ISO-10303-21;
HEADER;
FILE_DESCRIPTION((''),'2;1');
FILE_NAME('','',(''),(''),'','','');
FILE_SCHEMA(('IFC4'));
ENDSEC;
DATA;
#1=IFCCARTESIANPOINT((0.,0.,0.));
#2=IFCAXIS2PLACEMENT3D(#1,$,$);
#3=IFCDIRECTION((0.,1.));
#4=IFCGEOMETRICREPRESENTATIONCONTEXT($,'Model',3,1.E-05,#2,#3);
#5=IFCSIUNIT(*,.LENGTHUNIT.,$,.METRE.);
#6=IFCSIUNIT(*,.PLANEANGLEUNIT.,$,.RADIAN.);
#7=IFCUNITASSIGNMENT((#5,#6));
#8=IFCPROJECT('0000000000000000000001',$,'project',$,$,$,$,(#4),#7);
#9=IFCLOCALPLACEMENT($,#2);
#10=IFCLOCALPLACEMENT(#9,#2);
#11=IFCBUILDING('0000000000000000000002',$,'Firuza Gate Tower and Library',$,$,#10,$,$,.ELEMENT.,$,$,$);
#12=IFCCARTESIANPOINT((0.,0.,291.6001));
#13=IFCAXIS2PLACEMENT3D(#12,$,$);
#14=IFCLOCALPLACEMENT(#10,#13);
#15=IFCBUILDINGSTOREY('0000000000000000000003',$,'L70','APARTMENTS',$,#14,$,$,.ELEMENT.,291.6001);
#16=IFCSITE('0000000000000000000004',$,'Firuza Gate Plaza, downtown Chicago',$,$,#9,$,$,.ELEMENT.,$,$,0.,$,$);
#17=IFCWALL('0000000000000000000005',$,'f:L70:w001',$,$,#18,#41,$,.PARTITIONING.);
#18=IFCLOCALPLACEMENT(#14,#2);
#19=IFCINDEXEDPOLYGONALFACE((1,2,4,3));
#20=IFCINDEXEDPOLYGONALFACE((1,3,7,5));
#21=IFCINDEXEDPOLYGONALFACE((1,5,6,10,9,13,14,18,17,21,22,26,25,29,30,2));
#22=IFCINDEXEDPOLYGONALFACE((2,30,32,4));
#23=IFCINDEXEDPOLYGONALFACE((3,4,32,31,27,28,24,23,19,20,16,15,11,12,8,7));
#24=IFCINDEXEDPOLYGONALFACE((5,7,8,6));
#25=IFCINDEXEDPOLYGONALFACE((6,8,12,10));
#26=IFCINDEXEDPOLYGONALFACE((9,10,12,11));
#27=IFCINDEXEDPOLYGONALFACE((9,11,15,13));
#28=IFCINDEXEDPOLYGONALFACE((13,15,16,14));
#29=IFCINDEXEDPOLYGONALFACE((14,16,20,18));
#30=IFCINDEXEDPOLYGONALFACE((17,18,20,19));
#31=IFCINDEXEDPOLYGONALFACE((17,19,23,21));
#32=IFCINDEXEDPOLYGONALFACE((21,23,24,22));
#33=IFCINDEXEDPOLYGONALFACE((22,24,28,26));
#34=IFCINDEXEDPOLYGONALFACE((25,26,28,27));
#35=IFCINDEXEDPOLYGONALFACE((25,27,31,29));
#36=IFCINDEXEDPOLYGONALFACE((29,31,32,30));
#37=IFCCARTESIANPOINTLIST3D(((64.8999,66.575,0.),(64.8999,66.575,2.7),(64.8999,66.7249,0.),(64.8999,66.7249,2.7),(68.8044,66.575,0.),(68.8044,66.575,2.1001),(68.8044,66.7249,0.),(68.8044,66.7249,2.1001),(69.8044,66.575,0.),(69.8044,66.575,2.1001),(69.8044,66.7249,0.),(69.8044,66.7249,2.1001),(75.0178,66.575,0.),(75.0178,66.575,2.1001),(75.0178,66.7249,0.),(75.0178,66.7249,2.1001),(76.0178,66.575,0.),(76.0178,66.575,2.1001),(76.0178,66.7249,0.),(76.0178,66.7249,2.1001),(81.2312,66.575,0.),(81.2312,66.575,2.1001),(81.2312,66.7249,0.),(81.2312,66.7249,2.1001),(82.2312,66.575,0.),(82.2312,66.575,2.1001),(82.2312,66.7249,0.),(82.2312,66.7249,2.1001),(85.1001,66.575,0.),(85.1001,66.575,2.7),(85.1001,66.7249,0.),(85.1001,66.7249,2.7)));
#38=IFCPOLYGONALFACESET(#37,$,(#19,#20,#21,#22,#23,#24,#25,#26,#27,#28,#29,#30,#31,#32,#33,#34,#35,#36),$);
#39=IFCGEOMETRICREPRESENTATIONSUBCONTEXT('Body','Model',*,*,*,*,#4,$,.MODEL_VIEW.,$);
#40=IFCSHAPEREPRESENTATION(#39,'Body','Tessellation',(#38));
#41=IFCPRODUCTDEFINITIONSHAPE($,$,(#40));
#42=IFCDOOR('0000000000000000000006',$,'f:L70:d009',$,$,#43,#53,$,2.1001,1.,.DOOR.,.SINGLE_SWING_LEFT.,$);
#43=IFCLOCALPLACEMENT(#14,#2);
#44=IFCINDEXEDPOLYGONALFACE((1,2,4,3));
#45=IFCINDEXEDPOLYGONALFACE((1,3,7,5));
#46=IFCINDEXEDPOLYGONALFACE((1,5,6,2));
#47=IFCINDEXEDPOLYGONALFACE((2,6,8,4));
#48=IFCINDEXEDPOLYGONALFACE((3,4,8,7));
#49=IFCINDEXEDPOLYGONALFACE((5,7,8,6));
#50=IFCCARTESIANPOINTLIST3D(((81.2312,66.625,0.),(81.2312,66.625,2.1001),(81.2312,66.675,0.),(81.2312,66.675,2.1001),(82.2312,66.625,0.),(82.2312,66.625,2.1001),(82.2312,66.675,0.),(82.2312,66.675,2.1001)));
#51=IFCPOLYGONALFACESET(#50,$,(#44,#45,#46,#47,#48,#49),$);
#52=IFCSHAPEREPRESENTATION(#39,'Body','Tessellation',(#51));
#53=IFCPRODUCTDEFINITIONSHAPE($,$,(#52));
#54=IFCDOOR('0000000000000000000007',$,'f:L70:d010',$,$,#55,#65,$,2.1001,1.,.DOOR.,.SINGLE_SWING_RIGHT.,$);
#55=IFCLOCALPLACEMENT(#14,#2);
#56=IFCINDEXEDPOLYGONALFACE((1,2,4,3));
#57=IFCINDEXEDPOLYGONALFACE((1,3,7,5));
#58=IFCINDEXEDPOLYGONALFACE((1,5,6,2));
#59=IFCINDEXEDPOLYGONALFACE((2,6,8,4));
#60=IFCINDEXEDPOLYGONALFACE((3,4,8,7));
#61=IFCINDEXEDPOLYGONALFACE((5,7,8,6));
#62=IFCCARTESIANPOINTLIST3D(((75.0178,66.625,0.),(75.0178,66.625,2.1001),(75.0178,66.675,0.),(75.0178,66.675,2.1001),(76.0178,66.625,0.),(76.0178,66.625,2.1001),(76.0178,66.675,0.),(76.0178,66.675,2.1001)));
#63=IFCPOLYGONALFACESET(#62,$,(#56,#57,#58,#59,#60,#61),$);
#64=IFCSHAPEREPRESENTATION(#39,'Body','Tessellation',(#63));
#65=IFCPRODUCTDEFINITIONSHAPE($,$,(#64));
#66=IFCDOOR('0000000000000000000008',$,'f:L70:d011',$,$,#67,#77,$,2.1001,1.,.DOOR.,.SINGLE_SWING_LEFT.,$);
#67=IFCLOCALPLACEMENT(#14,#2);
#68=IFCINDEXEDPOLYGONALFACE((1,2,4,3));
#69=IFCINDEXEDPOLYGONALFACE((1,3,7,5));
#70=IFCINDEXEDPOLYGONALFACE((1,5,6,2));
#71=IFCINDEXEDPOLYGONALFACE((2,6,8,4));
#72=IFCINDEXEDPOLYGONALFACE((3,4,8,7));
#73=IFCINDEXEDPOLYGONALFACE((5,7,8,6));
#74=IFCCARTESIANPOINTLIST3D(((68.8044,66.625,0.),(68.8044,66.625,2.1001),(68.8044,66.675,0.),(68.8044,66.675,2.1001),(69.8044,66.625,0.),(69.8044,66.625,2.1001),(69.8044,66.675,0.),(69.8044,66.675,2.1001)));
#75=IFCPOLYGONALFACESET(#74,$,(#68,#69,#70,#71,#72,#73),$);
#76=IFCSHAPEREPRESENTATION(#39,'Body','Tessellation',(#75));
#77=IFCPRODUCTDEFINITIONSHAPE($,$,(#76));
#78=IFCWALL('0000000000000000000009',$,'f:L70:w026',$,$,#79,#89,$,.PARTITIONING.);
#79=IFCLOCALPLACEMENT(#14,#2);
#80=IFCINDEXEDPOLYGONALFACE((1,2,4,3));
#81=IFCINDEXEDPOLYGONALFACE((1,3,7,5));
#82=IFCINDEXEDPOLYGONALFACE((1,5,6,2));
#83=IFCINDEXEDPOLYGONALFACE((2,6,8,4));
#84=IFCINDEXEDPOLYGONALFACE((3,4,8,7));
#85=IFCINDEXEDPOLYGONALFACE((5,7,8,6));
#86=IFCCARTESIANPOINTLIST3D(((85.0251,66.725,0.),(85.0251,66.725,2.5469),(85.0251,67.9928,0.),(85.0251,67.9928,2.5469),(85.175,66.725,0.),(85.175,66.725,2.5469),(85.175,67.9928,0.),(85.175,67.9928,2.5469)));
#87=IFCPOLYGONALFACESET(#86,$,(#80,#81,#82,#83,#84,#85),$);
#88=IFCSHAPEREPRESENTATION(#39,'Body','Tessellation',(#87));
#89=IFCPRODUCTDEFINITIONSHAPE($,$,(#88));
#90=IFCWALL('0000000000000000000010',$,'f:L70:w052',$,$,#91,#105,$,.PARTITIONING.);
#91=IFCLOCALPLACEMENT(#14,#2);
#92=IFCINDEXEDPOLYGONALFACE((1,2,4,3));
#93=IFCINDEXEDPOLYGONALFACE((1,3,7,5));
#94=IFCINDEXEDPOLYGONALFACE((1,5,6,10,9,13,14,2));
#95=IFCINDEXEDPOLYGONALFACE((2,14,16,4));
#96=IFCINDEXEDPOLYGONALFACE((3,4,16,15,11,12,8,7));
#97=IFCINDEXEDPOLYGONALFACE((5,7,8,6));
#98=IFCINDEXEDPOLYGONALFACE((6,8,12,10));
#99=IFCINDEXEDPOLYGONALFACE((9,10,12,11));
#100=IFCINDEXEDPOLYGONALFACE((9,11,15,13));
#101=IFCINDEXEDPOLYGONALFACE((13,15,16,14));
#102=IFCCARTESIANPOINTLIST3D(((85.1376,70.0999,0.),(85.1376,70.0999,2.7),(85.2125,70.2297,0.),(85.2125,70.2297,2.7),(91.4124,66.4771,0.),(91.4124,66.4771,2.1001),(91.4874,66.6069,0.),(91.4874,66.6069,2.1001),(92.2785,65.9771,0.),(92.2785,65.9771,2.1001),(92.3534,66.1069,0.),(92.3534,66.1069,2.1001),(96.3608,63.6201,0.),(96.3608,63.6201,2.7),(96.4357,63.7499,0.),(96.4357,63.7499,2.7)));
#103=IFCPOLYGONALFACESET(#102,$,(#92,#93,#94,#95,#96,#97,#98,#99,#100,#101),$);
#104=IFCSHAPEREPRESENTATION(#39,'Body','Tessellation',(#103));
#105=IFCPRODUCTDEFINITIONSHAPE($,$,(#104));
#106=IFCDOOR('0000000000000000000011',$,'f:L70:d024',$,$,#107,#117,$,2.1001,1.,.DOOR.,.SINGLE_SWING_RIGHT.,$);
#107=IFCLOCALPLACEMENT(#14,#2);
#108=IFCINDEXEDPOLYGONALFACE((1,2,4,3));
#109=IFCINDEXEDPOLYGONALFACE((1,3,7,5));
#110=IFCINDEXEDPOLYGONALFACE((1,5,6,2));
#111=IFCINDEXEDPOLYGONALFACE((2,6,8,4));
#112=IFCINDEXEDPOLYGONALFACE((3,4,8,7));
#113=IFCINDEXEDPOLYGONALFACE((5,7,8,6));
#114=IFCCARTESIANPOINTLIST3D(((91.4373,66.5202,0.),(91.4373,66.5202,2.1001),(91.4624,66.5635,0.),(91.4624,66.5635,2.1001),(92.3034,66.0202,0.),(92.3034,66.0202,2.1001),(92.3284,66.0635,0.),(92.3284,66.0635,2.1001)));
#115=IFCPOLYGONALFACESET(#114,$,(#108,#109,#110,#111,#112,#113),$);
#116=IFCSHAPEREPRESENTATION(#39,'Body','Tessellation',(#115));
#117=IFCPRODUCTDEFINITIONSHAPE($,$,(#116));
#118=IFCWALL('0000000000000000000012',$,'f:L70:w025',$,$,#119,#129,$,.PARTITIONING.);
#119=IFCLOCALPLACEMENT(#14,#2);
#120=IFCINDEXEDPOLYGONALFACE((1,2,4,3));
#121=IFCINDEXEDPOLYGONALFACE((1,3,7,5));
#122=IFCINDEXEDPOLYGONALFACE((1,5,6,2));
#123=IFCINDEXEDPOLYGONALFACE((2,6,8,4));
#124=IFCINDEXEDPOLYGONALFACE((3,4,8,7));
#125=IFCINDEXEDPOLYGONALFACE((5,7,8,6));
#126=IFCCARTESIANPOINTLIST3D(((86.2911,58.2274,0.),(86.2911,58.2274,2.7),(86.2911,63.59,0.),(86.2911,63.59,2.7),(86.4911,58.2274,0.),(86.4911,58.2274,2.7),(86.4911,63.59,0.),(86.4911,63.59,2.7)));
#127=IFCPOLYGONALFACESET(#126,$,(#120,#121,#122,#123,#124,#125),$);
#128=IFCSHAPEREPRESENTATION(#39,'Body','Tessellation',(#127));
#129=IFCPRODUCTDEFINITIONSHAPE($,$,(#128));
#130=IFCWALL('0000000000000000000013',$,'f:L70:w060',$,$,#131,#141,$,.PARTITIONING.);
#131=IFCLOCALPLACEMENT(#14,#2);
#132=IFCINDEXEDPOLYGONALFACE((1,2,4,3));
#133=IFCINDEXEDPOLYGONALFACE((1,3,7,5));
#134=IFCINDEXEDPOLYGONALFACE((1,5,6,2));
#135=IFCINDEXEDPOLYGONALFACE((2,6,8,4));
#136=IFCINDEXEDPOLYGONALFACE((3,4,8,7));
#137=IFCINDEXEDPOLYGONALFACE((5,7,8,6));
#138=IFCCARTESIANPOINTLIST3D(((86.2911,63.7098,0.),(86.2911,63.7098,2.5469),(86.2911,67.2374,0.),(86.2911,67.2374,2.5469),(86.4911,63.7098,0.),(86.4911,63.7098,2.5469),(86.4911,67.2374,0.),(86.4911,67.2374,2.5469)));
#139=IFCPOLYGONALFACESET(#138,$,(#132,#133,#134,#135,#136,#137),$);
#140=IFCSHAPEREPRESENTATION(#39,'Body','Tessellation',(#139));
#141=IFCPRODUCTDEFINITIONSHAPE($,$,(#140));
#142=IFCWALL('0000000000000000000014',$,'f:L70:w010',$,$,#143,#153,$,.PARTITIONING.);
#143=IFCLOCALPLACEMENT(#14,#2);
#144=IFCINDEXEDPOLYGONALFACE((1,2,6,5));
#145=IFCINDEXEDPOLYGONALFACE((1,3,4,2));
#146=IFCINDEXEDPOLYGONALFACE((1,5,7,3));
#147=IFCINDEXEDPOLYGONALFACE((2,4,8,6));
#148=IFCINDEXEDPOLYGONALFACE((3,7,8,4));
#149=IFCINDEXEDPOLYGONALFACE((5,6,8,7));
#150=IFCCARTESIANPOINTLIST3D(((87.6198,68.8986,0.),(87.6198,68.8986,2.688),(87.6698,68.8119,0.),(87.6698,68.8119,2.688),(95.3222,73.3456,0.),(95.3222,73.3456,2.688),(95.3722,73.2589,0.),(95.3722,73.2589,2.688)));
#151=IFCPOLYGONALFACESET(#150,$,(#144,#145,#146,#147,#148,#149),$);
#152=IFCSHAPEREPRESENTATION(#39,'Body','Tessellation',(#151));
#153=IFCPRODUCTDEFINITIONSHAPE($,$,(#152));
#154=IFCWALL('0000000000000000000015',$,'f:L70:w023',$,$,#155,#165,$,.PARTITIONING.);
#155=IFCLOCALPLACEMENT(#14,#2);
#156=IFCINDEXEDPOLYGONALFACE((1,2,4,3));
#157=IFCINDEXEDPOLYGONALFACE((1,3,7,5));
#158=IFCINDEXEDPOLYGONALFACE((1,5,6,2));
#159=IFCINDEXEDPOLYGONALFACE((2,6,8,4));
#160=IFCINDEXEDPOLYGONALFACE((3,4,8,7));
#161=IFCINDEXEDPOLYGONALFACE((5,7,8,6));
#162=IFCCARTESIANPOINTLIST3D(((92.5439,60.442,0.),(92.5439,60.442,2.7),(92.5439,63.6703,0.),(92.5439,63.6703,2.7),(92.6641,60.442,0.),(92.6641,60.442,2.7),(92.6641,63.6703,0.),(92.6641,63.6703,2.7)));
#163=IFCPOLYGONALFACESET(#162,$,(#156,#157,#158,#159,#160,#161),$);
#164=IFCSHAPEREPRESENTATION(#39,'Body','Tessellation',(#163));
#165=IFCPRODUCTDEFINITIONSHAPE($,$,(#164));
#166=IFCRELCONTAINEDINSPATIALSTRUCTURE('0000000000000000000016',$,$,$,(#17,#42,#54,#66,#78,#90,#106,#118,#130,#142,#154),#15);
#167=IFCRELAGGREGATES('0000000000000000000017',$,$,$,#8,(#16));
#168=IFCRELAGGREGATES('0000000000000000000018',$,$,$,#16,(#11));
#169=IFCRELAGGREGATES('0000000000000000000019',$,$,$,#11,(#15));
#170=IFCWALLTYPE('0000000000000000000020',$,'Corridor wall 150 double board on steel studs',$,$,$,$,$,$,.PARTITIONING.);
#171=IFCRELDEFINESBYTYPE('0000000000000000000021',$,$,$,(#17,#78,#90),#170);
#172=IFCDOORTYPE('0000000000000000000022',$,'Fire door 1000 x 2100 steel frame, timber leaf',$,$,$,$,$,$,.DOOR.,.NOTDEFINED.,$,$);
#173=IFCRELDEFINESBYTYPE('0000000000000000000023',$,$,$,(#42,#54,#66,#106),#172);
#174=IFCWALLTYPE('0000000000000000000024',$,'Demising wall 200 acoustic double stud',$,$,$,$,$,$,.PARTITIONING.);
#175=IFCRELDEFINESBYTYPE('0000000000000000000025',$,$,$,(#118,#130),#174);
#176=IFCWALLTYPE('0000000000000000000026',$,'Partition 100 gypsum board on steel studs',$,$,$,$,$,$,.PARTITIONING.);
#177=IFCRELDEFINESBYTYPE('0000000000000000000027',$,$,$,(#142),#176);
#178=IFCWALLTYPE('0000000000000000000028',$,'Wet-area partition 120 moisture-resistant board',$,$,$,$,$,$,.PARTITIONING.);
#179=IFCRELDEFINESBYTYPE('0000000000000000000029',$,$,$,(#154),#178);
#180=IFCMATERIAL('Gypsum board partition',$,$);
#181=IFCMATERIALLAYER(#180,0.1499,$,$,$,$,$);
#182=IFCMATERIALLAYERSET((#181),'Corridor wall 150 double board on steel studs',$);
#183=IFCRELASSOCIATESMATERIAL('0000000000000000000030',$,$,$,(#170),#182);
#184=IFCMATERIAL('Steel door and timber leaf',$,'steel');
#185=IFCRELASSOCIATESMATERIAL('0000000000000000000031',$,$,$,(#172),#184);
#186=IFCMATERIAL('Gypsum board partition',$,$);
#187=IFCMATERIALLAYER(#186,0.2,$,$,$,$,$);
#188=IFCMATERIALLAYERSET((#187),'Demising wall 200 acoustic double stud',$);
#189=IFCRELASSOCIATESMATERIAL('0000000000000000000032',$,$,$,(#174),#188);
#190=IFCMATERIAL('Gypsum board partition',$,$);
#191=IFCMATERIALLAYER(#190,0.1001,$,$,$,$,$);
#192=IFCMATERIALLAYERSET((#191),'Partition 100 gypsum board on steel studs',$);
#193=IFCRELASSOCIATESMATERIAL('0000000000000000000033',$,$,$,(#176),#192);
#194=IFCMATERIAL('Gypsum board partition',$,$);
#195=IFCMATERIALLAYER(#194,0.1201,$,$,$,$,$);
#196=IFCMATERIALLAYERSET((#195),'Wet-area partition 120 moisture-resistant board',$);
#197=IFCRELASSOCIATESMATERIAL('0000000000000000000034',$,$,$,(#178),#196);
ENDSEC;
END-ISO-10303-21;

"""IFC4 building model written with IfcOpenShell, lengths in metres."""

from ifc_helpers import new_model, si_unit, direction, frame, frame_2d, origin, place, context, subcontext, project, spatial, rectangle, extrude, material, layer, layer_set, type_object, element, fill, save


model = new_model("IFC4")

# Units and contexts
model_context = context("Model", 3, precision=1e-05, world=origin(), true_north=direction((0.0, 1.0)))
body_context = subcontext(model_context, "Body", "Model", "MODEL_VIEW")
ifc_project = project(units=[si_unit("LENGTHUNIT", "METRE"), si_unit("PLANEANGLEUNIT", "RADIAN")], contexts=[model_context])

# Site, building, storey
site_placement = place(None, origin())
site = spatial("IfcSite", under=ifc_project, at=site_placement, Name="Firuza Gate Plaza, downtown Chicago", CompositionType="ELEMENT", RefElevation=0.0)
building_placement = place(site_placement, origin())
building = spatial("IfcBuilding", under=site, at=building_placement, Name="Firuza Gate Tower and Library", CompositionType="ELEMENT")
storey_placement = place(building_placement, frame((0.0, 0.0, 291.6001)))
storey = spatial("IfcBuildingStorey", under=building, at=storey_placement, Name="L70", Description="APARTMENTS", CompositionType="ELEMENT", Elevation=291.6001)

# Wall, openings, doors
ifc_material_1 = material(Name="Gypsum board partition")
ifc_layer_1 = layer(ifc_material_1, 0.1499)
ifc_layer_set_1 = layer_set([ifc_layer_1], Name="Corridor wall 150 double board on steel studs")
wall_type_1 = type_object("IfcWallType", Name="Corridor wall 150 double board on steel studs", PredefinedType="PARTITIONING", material=ifc_layer_set_1)
wall_1_placement = place(storey_placement, frame((85.1001, 66.6499, 0.0), z_axis=(0.0, 0.0, 1.0), x_axis=(-1.0, 0.0, 0.0)))
wall_1 = element("IfcWall", 1, at=wall_1_placement, inside=storey, type_object=wall_type_1, Name="f:L70:w001", PredefinedType="PARTITIONING", context=body_context, shape_type="SweptSolid", body=[
    extrude(rectangle(XDim=20.2002, YDim=0.1499, at=frame_2d((10.1001, 0.0))), origin(), (0.0, 0.0, 1.0), 2.7),
])
opening_1_placement = place(wall_1_placement, frame((2.8689, 0.0, 0.0)))
opening_1 = element("IfcOpeningElement", 2, at=opening_1_placement, cuts=wall_1, PredefinedType="OPENING", context=body_context, shape_type="SweptSolid", body=[
    extrude(rectangle(XDim=1.0, YDim=2.1001, at=frame_2d((0.5, 1.05))), frame((0.0, 0.085, 0.0), z_axis=(0.0, -1.0, 0.0), x_axis=(1.0, 0.0, 0.0)), (0.0, 0.0, 1.0), 0.1699),
])
opening_2_placement = place(wall_1_placement, frame((9.0823, 0.0, 0.0)))
opening_2 = element("IfcOpeningElement", 3, at=opening_2_placement, cuts=wall_1, PredefinedType="OPENING", context=body_context, shape_type="SweptSolid", body=[
    extrude(rectangle(XDim=1.0, YDim=2.1001, at=frame_2d((0.5, 1.05))), frame((0.0, 0.085, 0.0), z_axis=(0.0, -1.0, 0.0), x_axis=(1.0, 0.0, 0.0)), (0.0, 0.0, 1.0), 0.1699),
])
opening_3_placement = place(wall_1_placement, frame((15.2957, 0.0, 0.0)))
opening_3 = element("IfcOpeningElement", 4, at=opening_3_placement, cuts=wall_1, PredefinedType="OPENING", context=body_context, shape_type="SweptSolid", body=[
    extrude(rectangle(XDim=1.0, YDim=2.1001, at=frame_2d((0.5, 1.05))), frame((0.0, 0.085, 0.0), z_axis=(0.0, -1.0, 0.0), x_axis=(1.0, 0.0, 0.0)), (0.0, 0.0, 1.0), 0.1699),
])
ifc_material_2 = material(Name="Steel door and timber leaf", Category="steel")
door_type_1 = type_object("IfcDoorType", Name="Fire door 1000 x 2100 steel frame, timber leaf", OperationType="NOTDEFINED", PredefinedType="DOOR", material=ifc_material_2)
door_1_placement = place(opening_1_placement, origin())
door_1 = element("IfcDoor", 5, at=door_1_placement, inside=storey, type_object=door_type_1, Name="f:L70:d009", OperationType="SINGLE_SWING_LEFT", OverallHeight=2.1001, OverallWidth=1.0, PredefinedType="DOOR", context=body_context, shape_type="SweptSolid", body=[
    extrude(rectangle(XDim=1.0, YDim=2.1001, at=frame_2d((0.5, 1.05))), frame((0.0, 0.0249, 0.0), z_axis=(0.0, -1.0, 0.0), x_axis=(1.0, 0.0, 0.0)), (0.0, 0.0, 1.0), 0.05),
])
fill(opening_1, door_1)
door_2_placement = place(opening_2_placement, origin())
door_2 = element("IfcDoor", 6, at=door_2_placement, inside=storey, type_object=door_type_1, Name="f:L70:d010", OperationType="SINGLE_SWING_RIGHT", OverallHeight=2.1001, OverallWidth=1.0, PredefinedType="DOOR", context=body_context, shape_type="SweptSolid", body=[
    extrude(rectangle(XDim=1.0, YDim=2.1001, at=frame_2d((0.5, 1.05))), frame((0.0, 0.0249, 0.0), z_axis=(0.0, -1.0, 0.0), x_axis=(1.0, 0.0, 0.0)), (0.0, 0.0, 1.0), 0.05),
])
fill(opening_2, door_2)
door_3_placement = place(opening_3_placement, origin())
door_3 = element("IfcDoor", 7, at=door_3_placement, inside=storey, type_object=door_type_1, Name="f:L70:d011", OperationType="SINGLE_SWING_LEFT", OverallHeight=2.1001, OverallWidth=1.0, PredefinedType="DOOR", context=body_context, shape_type="SweptSolid", body=[
    extrude(rectangle(XDim=1.0, YDim=2.1001, at=frame_2d((0.5, 1.05))), frame((0.0, 0.0249, 0.0), z_axis=(0.0, -1.0, 0.0), x_axis=(1.0, 0.0, 0.0)), (0.0, 0.0, 1.0), 0.05),
])
fill(opening_3, door_3)

# Wall
wall_2_placement = place(storey_placement, frame((85.1001, 66.7251, 0.0), z_axis=(0.0, 0.0, 1.0), x_axis=(0.0, 1.0, 0.0)))
element("IfcWall", 8, at=wall_2_placement, inside=storey, type_object=wall_type_1, Name="f:L70:w026", PredefinedType="PARTITIONING", context=body_context, shape_type="SweptSolid", body=[
    extrude(rectangle(XDim=1.2678, YDim=0.1499, at=frame_2d((0.6338, 0.0))), origin(), (0.0, 0.0, 1.0), 2.5469),
])

# Wall, opening, door
wall_3_placement = place(storey_placement, frame((85.175, 70.1648, 0.0), z_axis=(0.0, 0.0, 1.0), x_axis=(0.866024, -0.500003, 0.0)))
wall_3 = element("IfcWall", 9, at=wall_3_placement, inside=storey, type_object=wall_type_1, Name="f:L70:w052", PredefinedType="PARTITIONING", context=body_context, shape_type="SweptSolid", body=[
    extrude(rectangle(XDim=12.9595, YDim=0.1499, at=frame_2d((6.4797, 0.0))), origin(), (0.0, 0.0, 1.0), 2.7),
])
opening_4_placement = place(wall_3_placement, frame((7.2456, 0.0, 0.0)))
opening_4 = element("IfcOpeningElement", 10, at=opening_4_placement, cuts=wall_3, PredefinedType="OPENING", context=body_context, shape_type="SweptSolid", body=[
    extrude(rectangle(XDim=1.0, YDim=2.1001, at=frame_2d((0.5, 1.05))), frame((0.0, 0.085, 0.0), z_axis=(0.0, -1.0, 0.0), x_axis=(1.0, 0.0, 0.0)), (0.0, 0.0, 1.0), 0.1699),
])
door_4_placement = place(opening_4_placement, origin())
door_4 = element("IfcDoor", 11, at=door_4_placement, inside=storey, type_object=door_type_1, Name="f:L70:d024", OperationType="SINGLE_SWING_RIGHT", OverallHeight=2.1001, OverallWidth=1.0, PredefinedType="DOOR", context=body_context, shape_type="SweptSolid", body=[
    extrude(rectangle(XDim=1.0, YDim=2.1001, at=frame_2d((0.5, 1.05))), frame((0.0, 0.0249, 0.0), z_axis=(0.0, -1.0, 0.0), x_axis=(1.0, 0.0, 0.0)), (0.0, 0.0, 1.0), 0.05),
])
fill(opening_4, door_4)

# Walls
ifc_material_3 = material(Name="Gypsum board partition")
ifc_layer_2 = layer(ifc_material_3, 0.2)
ifc_layer_set_2 = layer_set([ifc_layer_2], Name="Demising wall 200 acoustic double stud")
wall_type_2 = type_object("IfcWallType", Name="Demising wall 200 acoustic double stud", PredefinedType="PARTITIONING", material=ifc_layer_set_2)
wall_4_placement = place(storey_placement, frame((86.3911, 58.2275, 0.0), z_axis=(0.0, 0.0, 1.0), x_axis=(0.0, 1.0, 0.0)))
element("IfcWall", 12, at=wall_4_placement, inside=storey, type_object=wall_type_2, Name="f:L70:w025", PredefinedType="PARTITIONING", context=body_context, shape_type="SweptSolid", body=[
    extrude(rectangle(XDim=5.3625, YDim=0.2, at=frame_2d((2.6812, 0.0))), origin(), (0.0, 0.0, 1.0), 2.7),
])
wall_5_placement = place(storey_placement, frame((86.3911, 63.71, 0.0), z_axis=(0.0, 0.0, 1.0), x_axis=(0.0, 1.0, 0.0)))
element("IfcWall", 13, at=wall_5_placement, inside=storey, type_object=wall_type_2, Name="f:L70:w060", PredefinedType="PARTITIONING", context=body_context, shape_type="SweptSolid", body=[
    extrude(rectangle(XDim=3.5276, YDim=0.2, at=frame_2d((1.7637, 0.0))), origin(), (0.0, 0.0, 1.0), 2.5469),
])
ifc_material_4 = material(Name="Gypsum board partition")
ifc_layer_3 = layer(ifc_material_4, 0.1001)
ifc_layer_set_3 = layer_set([ifc_layer_3], Name="Partition 100 gypsum board on steel studs")
wall_type_3 = type_object("IfcWallType", Name="Partition 100 gypsum board on steel studs", PredefinedType="PARTITIONING", material=ifc_layer_set_3)
wall_6_placement = place(storey_placement, frame((87.6448, 68.8552, 0.0), z_axis=(0.0, 0.0, 1.0), x_axis=(0.866023, 0.500004, 0.0)))
element("IfcWall", 14, at=wall_6_placement, inside=storey, type_object=wall_type_3, Name="f:L70:w010", PredefinedType="PARTITIONING", context=body_context, shape_type="SweptSolid", body=[
    extrude(rectangle(XDim=8.894, YDim=0.1001, at=frame_2d((4.447, 0.0))), origin(), (0.0, 0.0, 1.0), 2.688),
])
ifc_material_5 = material(Name="Gypsum board partition")
ifc_layer_4 = layer(ifc_material_5, 0.1201)
ifc_layer_set_4 = layer_set([ifc_layer_4], Name="Wet-area partition 120 moisture-resistant board")
wall_type_4 = type_object("IfcWallType", Name="Wet-area partition 120 moisture-resistant board", PredefinedType="PARTITIONING", material=ifc_layer_set_4)
wall_7_placement = place(storey_placement, frame((92.604, 60.4419, 0.0), z_axis=(0.0, 0.0, 1.0), x_axis=(0.0, 1.0, 0.0)))
element("IfcWall", 15, at=wall_7_placement, inside=storey, type_object=wall_type_4, Name="f:L70:w023", PredefinedType="PARTITIONING", context=body_context, shape_type="SweptSolid", body=[
    extrude(rectangle(XDim=3.2283, YDim=0.1201, at=frame_2d((1.6143, 0.0))), origin(), (0.0, 0.0, 1.0), 2.7),
])

save(model, "model.ifc")
